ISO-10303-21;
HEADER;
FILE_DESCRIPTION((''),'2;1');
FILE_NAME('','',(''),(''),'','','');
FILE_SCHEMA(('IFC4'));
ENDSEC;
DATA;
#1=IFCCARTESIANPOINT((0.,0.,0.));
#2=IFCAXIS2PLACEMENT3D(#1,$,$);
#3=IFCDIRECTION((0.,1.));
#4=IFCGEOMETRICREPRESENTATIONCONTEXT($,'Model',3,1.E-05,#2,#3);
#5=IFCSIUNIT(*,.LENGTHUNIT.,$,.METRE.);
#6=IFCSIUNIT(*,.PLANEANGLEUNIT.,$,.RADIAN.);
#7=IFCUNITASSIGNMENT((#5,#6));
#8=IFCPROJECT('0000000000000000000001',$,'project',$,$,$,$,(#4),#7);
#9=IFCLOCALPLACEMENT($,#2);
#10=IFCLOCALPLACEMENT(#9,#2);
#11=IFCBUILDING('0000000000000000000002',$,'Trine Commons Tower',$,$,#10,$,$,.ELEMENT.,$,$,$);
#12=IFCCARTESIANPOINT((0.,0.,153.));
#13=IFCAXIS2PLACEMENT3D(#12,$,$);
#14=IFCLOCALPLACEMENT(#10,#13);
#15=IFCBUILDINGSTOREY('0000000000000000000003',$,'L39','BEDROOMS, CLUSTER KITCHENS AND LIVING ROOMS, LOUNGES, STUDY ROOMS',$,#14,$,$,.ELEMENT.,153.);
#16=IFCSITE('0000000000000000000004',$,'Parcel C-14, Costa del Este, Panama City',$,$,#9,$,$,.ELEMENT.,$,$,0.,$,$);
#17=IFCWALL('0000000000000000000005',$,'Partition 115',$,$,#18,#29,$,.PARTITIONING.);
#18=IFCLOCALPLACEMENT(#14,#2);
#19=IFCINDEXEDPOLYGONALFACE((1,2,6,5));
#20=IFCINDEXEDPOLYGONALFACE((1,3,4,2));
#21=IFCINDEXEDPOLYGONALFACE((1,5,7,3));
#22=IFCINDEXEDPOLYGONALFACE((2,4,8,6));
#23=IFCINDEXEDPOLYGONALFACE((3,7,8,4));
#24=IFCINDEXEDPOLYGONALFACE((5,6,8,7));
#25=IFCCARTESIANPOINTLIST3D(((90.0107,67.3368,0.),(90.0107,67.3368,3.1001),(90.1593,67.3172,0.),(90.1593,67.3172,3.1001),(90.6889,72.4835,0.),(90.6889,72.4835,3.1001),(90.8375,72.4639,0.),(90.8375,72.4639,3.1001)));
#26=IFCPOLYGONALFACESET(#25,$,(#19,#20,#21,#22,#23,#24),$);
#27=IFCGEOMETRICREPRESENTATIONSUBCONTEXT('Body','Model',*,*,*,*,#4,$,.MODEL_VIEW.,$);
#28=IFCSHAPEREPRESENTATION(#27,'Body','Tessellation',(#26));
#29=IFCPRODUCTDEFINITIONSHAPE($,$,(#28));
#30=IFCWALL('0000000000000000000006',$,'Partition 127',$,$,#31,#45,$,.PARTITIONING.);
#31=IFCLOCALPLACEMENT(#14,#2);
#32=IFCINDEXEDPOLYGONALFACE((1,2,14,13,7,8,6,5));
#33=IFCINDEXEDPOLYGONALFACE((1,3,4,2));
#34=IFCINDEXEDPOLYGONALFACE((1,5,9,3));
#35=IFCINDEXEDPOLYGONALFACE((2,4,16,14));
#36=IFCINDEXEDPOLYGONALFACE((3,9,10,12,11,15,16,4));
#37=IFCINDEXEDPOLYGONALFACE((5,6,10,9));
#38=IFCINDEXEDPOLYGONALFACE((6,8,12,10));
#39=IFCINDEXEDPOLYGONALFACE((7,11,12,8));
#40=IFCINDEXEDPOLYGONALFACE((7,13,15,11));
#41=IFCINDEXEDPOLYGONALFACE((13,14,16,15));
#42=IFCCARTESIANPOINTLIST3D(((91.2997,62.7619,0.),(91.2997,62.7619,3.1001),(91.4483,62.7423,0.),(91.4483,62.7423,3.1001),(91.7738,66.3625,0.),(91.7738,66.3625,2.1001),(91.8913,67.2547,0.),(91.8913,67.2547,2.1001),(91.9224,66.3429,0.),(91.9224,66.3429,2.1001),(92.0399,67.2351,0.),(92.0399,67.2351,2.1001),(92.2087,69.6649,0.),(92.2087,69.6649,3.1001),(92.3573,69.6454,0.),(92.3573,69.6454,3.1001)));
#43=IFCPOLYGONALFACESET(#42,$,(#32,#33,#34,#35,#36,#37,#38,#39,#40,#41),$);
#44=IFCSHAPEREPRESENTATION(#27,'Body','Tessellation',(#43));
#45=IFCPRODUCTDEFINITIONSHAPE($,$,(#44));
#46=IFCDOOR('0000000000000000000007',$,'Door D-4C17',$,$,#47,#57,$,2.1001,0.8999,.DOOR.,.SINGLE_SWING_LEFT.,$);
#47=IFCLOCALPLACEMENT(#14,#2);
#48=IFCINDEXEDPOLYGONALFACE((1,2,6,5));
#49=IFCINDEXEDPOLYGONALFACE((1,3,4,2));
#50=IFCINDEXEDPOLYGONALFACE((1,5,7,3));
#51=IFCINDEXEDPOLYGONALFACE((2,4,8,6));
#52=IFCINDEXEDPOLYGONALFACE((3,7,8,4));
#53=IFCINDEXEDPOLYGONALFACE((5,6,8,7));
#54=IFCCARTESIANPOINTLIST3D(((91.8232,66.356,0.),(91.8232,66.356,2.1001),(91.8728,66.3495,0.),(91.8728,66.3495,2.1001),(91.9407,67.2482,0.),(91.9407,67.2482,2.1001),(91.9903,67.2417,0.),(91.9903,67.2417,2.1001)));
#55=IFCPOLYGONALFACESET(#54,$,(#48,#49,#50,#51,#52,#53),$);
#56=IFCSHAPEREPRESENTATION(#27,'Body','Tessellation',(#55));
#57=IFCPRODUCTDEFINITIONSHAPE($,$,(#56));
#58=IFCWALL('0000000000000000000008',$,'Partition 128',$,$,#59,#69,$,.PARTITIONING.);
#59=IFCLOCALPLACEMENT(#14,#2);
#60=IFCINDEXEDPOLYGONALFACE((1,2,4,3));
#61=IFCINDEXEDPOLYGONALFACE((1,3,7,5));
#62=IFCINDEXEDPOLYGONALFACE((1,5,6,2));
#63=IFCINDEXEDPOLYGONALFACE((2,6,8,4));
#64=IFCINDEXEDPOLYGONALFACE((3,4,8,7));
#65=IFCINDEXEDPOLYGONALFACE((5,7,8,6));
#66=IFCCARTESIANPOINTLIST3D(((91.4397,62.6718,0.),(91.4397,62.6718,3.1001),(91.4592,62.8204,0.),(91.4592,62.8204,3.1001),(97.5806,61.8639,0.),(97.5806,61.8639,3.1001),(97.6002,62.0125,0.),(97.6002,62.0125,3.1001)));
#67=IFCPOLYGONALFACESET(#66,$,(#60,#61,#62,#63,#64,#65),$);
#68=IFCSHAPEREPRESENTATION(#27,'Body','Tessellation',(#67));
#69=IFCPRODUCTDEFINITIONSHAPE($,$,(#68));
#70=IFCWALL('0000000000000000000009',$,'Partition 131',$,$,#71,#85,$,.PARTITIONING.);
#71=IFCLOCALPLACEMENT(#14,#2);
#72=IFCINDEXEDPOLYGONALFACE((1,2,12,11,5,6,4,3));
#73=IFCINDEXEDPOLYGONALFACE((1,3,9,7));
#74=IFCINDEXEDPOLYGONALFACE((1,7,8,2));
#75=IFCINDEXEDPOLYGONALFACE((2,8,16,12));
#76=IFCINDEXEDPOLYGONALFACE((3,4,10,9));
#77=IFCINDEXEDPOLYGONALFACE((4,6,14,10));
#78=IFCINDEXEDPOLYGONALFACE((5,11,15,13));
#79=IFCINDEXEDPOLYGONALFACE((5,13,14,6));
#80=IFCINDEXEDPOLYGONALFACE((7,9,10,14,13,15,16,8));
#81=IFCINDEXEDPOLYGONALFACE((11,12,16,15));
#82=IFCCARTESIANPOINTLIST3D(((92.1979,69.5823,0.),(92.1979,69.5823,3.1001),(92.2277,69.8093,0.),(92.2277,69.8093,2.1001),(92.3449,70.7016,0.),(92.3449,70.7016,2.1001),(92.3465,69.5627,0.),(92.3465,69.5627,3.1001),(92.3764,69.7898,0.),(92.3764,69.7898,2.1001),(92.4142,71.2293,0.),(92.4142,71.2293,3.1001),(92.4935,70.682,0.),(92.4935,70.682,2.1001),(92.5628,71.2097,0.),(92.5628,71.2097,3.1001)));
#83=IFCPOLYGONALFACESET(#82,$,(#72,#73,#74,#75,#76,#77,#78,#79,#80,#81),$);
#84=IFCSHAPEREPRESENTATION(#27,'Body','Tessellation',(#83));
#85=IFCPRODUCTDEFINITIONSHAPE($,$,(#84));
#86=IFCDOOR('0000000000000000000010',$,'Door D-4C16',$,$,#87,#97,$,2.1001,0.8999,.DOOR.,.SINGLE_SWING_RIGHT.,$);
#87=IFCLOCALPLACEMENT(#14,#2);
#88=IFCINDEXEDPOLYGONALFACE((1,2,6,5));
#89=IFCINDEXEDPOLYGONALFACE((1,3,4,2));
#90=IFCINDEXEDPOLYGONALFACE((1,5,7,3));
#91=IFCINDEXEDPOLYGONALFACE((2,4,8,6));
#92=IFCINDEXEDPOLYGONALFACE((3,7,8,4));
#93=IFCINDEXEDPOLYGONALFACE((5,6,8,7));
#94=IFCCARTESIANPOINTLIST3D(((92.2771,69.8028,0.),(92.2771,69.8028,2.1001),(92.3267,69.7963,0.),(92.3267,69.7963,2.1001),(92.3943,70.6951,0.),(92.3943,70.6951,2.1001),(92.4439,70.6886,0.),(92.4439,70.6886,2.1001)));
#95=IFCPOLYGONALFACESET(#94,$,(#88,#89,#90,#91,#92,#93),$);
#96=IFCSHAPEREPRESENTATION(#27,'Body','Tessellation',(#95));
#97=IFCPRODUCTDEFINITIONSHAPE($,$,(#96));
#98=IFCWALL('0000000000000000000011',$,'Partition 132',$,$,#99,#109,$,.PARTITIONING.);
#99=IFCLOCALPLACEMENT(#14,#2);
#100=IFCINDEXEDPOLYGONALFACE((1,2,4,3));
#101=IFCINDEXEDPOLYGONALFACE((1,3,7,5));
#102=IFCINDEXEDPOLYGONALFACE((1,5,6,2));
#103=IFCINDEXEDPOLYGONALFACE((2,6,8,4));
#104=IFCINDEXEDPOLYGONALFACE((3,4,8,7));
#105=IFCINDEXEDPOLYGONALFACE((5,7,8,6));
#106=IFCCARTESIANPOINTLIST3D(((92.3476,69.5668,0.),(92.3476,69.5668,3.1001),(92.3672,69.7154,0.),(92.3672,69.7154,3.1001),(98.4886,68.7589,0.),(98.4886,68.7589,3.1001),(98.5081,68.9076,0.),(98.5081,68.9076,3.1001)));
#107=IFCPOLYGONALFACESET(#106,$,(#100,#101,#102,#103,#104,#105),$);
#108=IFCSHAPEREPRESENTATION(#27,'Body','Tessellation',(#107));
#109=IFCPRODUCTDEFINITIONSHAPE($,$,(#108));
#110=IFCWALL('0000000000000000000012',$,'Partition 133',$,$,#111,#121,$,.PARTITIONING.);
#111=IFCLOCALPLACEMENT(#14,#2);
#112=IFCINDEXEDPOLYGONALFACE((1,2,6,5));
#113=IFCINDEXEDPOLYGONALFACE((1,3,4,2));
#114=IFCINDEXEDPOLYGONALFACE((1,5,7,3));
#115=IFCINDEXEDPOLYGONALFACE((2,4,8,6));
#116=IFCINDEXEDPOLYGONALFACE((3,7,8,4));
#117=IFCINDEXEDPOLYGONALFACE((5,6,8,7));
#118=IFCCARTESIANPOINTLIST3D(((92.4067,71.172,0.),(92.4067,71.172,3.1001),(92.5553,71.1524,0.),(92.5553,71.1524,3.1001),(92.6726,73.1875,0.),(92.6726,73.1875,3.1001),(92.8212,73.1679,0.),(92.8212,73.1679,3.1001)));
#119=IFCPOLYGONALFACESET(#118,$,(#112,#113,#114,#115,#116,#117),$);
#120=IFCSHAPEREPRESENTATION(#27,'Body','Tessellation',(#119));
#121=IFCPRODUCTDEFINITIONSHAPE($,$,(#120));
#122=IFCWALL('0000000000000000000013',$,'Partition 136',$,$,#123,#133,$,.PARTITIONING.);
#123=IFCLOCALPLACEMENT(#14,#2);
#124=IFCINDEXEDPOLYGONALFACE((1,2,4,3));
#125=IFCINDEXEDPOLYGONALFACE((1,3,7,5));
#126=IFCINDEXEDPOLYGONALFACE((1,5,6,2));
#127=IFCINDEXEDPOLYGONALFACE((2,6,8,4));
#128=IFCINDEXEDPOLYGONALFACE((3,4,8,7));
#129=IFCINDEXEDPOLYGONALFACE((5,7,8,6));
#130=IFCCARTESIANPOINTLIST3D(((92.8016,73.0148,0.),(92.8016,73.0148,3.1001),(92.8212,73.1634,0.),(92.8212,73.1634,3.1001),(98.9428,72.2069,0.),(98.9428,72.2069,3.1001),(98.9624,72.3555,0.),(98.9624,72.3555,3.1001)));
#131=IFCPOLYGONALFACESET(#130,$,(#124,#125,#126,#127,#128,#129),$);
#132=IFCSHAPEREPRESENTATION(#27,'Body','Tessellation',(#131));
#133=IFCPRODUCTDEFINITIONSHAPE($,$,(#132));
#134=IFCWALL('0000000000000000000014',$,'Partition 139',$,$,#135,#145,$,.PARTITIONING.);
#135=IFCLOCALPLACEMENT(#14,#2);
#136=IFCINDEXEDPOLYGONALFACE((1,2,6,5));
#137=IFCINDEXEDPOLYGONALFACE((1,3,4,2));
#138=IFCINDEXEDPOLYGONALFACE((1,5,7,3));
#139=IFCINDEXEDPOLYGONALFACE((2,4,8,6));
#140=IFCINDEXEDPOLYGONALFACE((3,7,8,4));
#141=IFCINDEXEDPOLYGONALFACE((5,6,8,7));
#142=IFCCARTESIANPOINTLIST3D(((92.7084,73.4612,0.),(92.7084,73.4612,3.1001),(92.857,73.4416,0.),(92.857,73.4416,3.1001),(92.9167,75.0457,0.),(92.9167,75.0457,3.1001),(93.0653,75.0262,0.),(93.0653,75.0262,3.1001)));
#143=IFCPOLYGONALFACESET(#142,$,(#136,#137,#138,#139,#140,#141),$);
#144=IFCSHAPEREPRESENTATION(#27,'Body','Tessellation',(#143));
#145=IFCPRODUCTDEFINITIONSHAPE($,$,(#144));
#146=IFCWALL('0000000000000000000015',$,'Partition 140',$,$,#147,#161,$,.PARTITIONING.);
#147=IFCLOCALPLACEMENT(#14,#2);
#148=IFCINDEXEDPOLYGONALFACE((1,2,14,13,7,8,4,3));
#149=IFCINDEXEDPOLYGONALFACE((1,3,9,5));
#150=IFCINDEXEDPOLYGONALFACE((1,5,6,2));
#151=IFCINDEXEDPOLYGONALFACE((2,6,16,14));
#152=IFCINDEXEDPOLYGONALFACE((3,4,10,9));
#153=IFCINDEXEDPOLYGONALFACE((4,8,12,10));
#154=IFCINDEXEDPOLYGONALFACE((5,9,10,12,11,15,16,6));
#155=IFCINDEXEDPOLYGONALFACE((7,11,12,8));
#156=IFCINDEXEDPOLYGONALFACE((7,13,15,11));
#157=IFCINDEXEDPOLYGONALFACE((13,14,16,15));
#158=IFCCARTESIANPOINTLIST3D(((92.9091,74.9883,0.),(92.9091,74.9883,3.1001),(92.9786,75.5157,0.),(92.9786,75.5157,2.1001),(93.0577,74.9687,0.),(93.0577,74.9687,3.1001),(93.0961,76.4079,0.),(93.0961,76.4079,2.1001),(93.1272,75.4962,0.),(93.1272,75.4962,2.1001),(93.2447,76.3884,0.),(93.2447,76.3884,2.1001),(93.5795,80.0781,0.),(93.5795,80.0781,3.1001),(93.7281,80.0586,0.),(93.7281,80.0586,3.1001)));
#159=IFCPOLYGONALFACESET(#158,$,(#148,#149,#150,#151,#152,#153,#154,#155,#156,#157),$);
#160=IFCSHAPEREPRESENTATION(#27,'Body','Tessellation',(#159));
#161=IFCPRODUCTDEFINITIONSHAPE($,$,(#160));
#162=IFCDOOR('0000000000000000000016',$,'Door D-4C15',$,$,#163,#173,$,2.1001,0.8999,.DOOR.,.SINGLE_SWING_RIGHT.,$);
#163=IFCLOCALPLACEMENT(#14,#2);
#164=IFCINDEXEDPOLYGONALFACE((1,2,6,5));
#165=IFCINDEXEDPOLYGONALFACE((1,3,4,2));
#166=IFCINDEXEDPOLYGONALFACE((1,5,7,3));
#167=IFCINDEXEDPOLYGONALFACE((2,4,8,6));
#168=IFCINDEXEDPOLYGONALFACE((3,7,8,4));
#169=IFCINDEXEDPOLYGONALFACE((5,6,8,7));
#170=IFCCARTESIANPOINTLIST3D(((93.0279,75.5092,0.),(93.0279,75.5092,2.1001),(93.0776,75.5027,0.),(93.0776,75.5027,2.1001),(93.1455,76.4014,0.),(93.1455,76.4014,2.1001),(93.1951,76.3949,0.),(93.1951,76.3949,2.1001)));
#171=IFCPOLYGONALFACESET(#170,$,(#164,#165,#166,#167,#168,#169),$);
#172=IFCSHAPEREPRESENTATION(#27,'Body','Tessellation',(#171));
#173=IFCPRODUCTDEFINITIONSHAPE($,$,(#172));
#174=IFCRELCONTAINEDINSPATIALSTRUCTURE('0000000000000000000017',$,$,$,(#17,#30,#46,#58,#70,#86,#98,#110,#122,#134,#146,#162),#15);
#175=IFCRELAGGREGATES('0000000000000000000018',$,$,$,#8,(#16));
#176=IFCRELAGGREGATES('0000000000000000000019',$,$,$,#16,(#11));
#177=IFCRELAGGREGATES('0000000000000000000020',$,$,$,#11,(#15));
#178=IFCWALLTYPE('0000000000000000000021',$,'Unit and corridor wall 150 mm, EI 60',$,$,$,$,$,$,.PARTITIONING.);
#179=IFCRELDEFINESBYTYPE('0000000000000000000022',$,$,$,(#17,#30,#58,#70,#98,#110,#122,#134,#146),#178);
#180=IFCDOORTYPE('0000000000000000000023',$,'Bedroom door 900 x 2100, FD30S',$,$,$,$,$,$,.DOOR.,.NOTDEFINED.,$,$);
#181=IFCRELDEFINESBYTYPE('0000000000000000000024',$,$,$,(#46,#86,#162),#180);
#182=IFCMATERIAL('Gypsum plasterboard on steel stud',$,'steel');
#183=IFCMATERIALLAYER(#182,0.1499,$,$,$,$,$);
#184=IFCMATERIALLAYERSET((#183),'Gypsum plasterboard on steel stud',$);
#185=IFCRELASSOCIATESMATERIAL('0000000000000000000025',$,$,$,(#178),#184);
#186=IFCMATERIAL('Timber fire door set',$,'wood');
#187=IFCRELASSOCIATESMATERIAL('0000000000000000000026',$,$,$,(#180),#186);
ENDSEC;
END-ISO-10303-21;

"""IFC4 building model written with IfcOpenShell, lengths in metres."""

from ifc_helpers import new_model, si_unit, direction, frame, frame_2d, origin, place, context, subcontext, project, spatial, rectangle, extrude, material, layer, layer_set, type_object, element, fill, save


model = new_model("IFC4")

# Units and contexts
model_context = context("Model", 3, precision=1e-05, world=origin(), true_north=direction((0.0, 1.0)))
body_context = subcontext(model_context, "Body", "Model", "MODEL_VIEW")
ifc_project = project(units=[si_unit("LENGTHUNIT", "METRE"), si_unit("PLANEANGLEUNIT", "RADIAN")], contexts=[model_context])

# Site, building, storey
site_placement = place(None, origin())
site = spatial("IfcSite", under=ifc_project, at=site_placement, Name="Parcel C-14, Costa del Este, Panama City", CompositionType="ELEMENT", RefElevation=0.0)
building_placement = place(site_placement, origin())
building = spatial("IfcBuilding", under=site, at=building_placement, Name="Trine Commons Tower", CompositionType="ELEMENT")
storey_placement = place(building_placement, frame((0.0, 0.0, 153.0)))
storey = spatial("IfcBuildingStorey", under=building, at=storey_placement, Name="L39", Description="BEDROOMS, CLUSTER KITCHENS AND LIVING ROOMS, LOUNGES, STUDY ROOMS", CompositionType="ELEMENT", Elevation=153.0)

# Wall
ifc_material_1 = material(Name="Gypsum plasterboard on steel stud", Category="steel")
ifc_layer_1 = layer(ifc_material_1, 0.1499)
ifc_layer_set_1 = layer_set([ifc_layer_1], Name="Gypsum plasterboard on steel stud")
wall_type_1 = type_object("IfcWallType", Name="Unit and corridor wall 150 mm, EI 60", PredefinedType="PARTITIONING", material=ifc_layer_set_1)
wall_1_placement = place(storey_placement, frame((90.085, 67.3269, 0.0), z_axis=(0.0, 0.0, 1.0), x_axis=(0.130648, 0.991429, 0.0)))
element("IfcWall", 1, at=wall_1_placement, inside=storey, type_object=wall_type_1, Name="Partition 115", PredefinedType="PARTITIONING", context=body_context, shape_type="SweptSolid", body=[
    extrude(rectangle(XDim=5.1912, YDim=0.1499, at=frame_2d((2.5957, 0.0))), origin(), (0.0, 0.0, 1.0), 3.1001),
])

# Wall, opening, door
wall_2_placement = place(storey_placement, frame((91.374, 62.752, 0.0), z_axis=(0.0, 0.0, 1.0), x_axis=(0.130544, 0.991442, 0.0)))
wall_2 = element("IfcWall", 2, at=wall_2_placement, inside=storey, type_object=wall_type_1, Name="Partition 127", PredefinedType="PARTITIONING", context=body_context, shape_type="SweptSolid", body=[
    extrude(rectangle(XDim=6.9626, YDim=0.1499, at=frame_2d((3.4814, 0.0))), origin(), (0.0, 0.0, 1.0), 3.1001),
])
opening_1_placement = place(wall_2_placement, frame((3.6318, 0.0, 0.0)))
opening_1 = element("IfcOpeningElement", 3, at=opening_1_placement, cuts=wall_2, PredefinedType="OPENING", context=body_context, shape_type="SweptSolid", body=[
    extrude(rectangle(XDim=0.8999, YDim=2.1001, at=frame_2d((0.45, 1.05))), frame((0.0, 0.085, 0.0), z_axis=(0.0, -1.0, 0.0), x_axis=(1.0, 0.0, 0.0)), (0.0, 0.0, 1.0), 0.1699),
])
ifc_material_2 = material(Name="Timber fire door set", Category="wood")
door_type_1 = type_object("IfcDoorType", Name="Bedroom door 900 x 2100, FD30S", OperationType="NOTDEFINED", PredefinedType="DOOR", material=ifc_material_2)
door_1_placement = place(opening_1_placement, frame((0.8999, 0.0, 0.0), z_axis=(0.0, 0.0, 1.0), x_axis=(-1.0, 0.0, 0.0)))
door_1 = element("IfcDoor", 4, at=door_1_placement, inside=storey, type_object=door_type_1, Name="Door D-4C17", OperationType="SINGLE_SWING_LEFT", OverallHeight=2.1001, OverallWidth=0.8999, PredefinedType="DOOR", context=body_context, shape_type="SweptSolid", body=[
    extrude(rectangle(XDim=0.8999, YDim=2.1001, at=frame_2d((0.45, 1.05))), frame((0.0, 0.0249, 0.0), z_axis=(0.0, -1.0, 0.0), x_axis=(1.0, 0.0, 0.0)), (0.0, 0.0, 1.0), 0.05),
])
fill(opening_1, door_1)

# Wall
wall_3_placement = place(storey_placement, frame((91.4495, 62.7461, 0.0), z_axis=(0.0, 0.0, 1.0), x_axis=(0.991457, -0.130431, 0.0)))
element("IfcWall", 5, at=wall_3_placement, inside=storey, type_object=wall_type_1, Name="Partition 128", PredefinedType="PARTITIONING", context=body_context, shape_type="SweptSolid", body=[
    extrude(rectangle(XDim=6.1938, YDim=0.1499, at=frame_2d((3.0969, 0.0))), origin(), (0.0, 0.0, 1.0), 3.1001),
])

# Wall, opening, door
wall_4_placement = place(storey_placement, frame((92.2722, 69.5725, 0.0), z_axis=(0.0, 0.0, 1.0), x_axis=(0.130219, 0.991485, 0.0)))
wall_4 = element("IfcWall", 6, at=wall_4_placement, inside=storey, type_object=wall_type_1, Name="Partition 131", PredefinedType="PARTITIONING", context=body_context, shape_type="SweptSolid", body=[
    extrude(rectangle(XDim=1.6611, YDim=0.1499, at=frame_2d((0.8306, 0.0))), origin(), (0.0, 0.0, 1.0), 3.1001),
])
opening_2_placement = place(wall_4_placement, frame((0.229, 0.0, 0.0)))
opening_2 = element("IfcOpeningElement", 7, at=opening_2_placement, cuts=wall_4, PredefinedType="OPENING", context=body_context, shape_type="SweptSolid", body=[
    extrude(rectangle(XDim=0.8999, YDim=2.1001, at=frame_2d((0.45, 1.05))), frame((0.0, 0.085, 0.0), z_axis=(0.0, -1.0, 0.0), x_axis=(1.0, 0.0, 0.0)), (0.0, 0.0, 1.0), 0.1699),
])
door_2_placement = place(opening_2_placement, frame((0.8999, 0.0, 0.0), z_axis=(0.0, 0.0, 1.0), x_axis=(-1.0, 0.0, 0.0)))
door_2 = element("IfcDoor", 8, at=door_2_placement, inside=storey, type_object=door_type_1, Name="Door D-4C16", OperationType="SINGLE_SWING_RIGHT", OverallHeight=2.1001, OverallWidth=0.8999, PredefinedType="DOOR", context=body_context, shape_type="SweptSolid", body=[
    extrude(rectangle(XDim=0.8999, YDim=2.1001, at=frame_2d((0.45, 1.05))), frame((0.0, 0.0249, 0.0), z_axis=(0.0, -1.0, 0.0), x_axis=(1.0, 0.0, 0.0)), (0.0, 0.0, 1.0), 0.05),
])
fill(opening_2, door_2)

# Walls
wall_5_placement = place(storey_placement, frame((92.3574, 69.6411, 0.0), z_axis=(0.0, 0.0, 1.0), x_axis=(0.991457, -0.130431, 0.0)))
element("IfcWall", 9, at=wall_5_placement, inside=storey, type_object=wall_type_1, Name="Partition 132", PredefinedType="PARTITIONING", context=body_context, shape_type="SweptSolid", body=[
    extrude(rectangle(XDim=6.1938, YDim=0.1499, at=frame_2d((3.0969, 0.0))), origin(), (0.0, 0.0, 1.0), 3.1001),
])
wall_6_placement = place(storey_placement, frame((92.481, 71.1621, 0.0), z_axis=(0.0, 0.0, 1.0), x_axis=(0.130787, 0.991411, 0.0)))
element("IfcWall", 10, at=wall_6_placement, inside=storey, type_object=wall_type_1, Name="Partition 133", PredefinedType="PARTITIONING", context=body_context, shape_type="SweptSolid", body=[
    extrude(rectangle(XDim=2.033, YDim=0.1499, at=frame_2d((1.0166, 0.0))), origin(), (0.0, 0.0, 1.0), 3.1001),
])
wall_7_placement = place(storey_placement, frame((92.8113, 73.0891, 0.0), z_axis=(0.0, 0.0, 1.0), x_axis=(0.991458, -0.130426, 0.0)))
element("IfcWall", 11, at=wall_7_placement, inside=storey, type_object=wall_type_1, Name="Partition 136", PredefinedType="PARTITIONING", context=body_context, shape_type="SweptSolid", body=[
    extrude(rectangle(XDim=6.1941, YDim=0.1499, at=frame_2d((3.0972, 0.0))), origin(), (0.0, 0.0, 1.0), 3.1001),
])
wall_8_placement = place(storey_placement, frame((92.7827, 73.4514, 0.0), z_axis=(0.0, 0.0, 1.0), x_axis=(0.130312, 0.991473, 0.0)))
element("IfcWall", 12, at=wall_8_placement, inside=storey, type_object=wall_type_1, Name="Partition 139", PredefinedType="PARTITIONING", context=body_context, shape_type="SweptSolid", body=[
    extrude(rectangle(XDim=1.5981, YDim=0.1499, at=frame_2d((0.7991, 0.0))), origin(), (0.0, 0.0, 1.0), 3.1001),
])

# Wall, opening, door
wall_9_placement = place(storey_placement, frame((92.9834, 74.9785, 0.0), z_axis=(0.0, 0.0, 1.0), x_axis=(0.130587, 0.991437, 0.0)))
wall_9 = element("IfcWall", 13, at=wall_9_placement, inside=storey, type_object=wall_type_1, Name="Partition 140", PredefinedType="PARTITIONING", context=body_context, shape_type="SweptSolid", body=[
    extrude(rectangle(XDim=5.1338, YDim=0.1499, at=frame_2d((2.5669, 0.0))), origin(), (0.0, 0.0, 1.0), 3.1001),
])
opening_3_placement = place(wall_9_placement, frame((0.532, 0.0, 0.0)))
opening_3 = element("IfcOpeningElement", 14, at=opening_3_placement, cuts=wall_9, PredefinedType="OPENING", context=body_context, shape_type="SweptSolid", body=[
    extrude(rectangle(XDim=0.8999, YDim=2.1001, at=frame_2d((0.45, 1.05))), frame((0.0, 0.085, 0.0), z_axis=(0.0, -1.0, 0.0), x_axis=(1.0, 0.0, 0.0)), (0.0, 0.0, 1.0), 0.1699),
])
door_3_placement = place(opening_3_placement, frame((0.8999, 0.0, 0.0), z_axis=(0.0, 0.0, 1.0), x_axis=(-1.0, 0.0, 0.0)))
door_3 = element("IfcDoor", 15, at=door_3_placement, inside=storey, type_object=door_type_1, Name="Door D-4C15", OperationType="SINGLE_SWING_RIGHT", OverallHeight=2.1001, OverallWidth=0.8999, PredefinedType="DOOR", context=body_context, shape_type="SweptSolid", body=[
    extrude(rectangle(XDim=0.8999, YDim=2.1001, at=frame_2d((0.45, 1.05))), frame((0.0, 0.0249, 0.0), z_axis=(0.0, -1.0, 0.0), x_axis=(1.0, 0.0, 0.0)), (0.0, 0.0, 1.0), 0.05),
])
fill(opening_3, door_3)

save(model, "model.ifc")
